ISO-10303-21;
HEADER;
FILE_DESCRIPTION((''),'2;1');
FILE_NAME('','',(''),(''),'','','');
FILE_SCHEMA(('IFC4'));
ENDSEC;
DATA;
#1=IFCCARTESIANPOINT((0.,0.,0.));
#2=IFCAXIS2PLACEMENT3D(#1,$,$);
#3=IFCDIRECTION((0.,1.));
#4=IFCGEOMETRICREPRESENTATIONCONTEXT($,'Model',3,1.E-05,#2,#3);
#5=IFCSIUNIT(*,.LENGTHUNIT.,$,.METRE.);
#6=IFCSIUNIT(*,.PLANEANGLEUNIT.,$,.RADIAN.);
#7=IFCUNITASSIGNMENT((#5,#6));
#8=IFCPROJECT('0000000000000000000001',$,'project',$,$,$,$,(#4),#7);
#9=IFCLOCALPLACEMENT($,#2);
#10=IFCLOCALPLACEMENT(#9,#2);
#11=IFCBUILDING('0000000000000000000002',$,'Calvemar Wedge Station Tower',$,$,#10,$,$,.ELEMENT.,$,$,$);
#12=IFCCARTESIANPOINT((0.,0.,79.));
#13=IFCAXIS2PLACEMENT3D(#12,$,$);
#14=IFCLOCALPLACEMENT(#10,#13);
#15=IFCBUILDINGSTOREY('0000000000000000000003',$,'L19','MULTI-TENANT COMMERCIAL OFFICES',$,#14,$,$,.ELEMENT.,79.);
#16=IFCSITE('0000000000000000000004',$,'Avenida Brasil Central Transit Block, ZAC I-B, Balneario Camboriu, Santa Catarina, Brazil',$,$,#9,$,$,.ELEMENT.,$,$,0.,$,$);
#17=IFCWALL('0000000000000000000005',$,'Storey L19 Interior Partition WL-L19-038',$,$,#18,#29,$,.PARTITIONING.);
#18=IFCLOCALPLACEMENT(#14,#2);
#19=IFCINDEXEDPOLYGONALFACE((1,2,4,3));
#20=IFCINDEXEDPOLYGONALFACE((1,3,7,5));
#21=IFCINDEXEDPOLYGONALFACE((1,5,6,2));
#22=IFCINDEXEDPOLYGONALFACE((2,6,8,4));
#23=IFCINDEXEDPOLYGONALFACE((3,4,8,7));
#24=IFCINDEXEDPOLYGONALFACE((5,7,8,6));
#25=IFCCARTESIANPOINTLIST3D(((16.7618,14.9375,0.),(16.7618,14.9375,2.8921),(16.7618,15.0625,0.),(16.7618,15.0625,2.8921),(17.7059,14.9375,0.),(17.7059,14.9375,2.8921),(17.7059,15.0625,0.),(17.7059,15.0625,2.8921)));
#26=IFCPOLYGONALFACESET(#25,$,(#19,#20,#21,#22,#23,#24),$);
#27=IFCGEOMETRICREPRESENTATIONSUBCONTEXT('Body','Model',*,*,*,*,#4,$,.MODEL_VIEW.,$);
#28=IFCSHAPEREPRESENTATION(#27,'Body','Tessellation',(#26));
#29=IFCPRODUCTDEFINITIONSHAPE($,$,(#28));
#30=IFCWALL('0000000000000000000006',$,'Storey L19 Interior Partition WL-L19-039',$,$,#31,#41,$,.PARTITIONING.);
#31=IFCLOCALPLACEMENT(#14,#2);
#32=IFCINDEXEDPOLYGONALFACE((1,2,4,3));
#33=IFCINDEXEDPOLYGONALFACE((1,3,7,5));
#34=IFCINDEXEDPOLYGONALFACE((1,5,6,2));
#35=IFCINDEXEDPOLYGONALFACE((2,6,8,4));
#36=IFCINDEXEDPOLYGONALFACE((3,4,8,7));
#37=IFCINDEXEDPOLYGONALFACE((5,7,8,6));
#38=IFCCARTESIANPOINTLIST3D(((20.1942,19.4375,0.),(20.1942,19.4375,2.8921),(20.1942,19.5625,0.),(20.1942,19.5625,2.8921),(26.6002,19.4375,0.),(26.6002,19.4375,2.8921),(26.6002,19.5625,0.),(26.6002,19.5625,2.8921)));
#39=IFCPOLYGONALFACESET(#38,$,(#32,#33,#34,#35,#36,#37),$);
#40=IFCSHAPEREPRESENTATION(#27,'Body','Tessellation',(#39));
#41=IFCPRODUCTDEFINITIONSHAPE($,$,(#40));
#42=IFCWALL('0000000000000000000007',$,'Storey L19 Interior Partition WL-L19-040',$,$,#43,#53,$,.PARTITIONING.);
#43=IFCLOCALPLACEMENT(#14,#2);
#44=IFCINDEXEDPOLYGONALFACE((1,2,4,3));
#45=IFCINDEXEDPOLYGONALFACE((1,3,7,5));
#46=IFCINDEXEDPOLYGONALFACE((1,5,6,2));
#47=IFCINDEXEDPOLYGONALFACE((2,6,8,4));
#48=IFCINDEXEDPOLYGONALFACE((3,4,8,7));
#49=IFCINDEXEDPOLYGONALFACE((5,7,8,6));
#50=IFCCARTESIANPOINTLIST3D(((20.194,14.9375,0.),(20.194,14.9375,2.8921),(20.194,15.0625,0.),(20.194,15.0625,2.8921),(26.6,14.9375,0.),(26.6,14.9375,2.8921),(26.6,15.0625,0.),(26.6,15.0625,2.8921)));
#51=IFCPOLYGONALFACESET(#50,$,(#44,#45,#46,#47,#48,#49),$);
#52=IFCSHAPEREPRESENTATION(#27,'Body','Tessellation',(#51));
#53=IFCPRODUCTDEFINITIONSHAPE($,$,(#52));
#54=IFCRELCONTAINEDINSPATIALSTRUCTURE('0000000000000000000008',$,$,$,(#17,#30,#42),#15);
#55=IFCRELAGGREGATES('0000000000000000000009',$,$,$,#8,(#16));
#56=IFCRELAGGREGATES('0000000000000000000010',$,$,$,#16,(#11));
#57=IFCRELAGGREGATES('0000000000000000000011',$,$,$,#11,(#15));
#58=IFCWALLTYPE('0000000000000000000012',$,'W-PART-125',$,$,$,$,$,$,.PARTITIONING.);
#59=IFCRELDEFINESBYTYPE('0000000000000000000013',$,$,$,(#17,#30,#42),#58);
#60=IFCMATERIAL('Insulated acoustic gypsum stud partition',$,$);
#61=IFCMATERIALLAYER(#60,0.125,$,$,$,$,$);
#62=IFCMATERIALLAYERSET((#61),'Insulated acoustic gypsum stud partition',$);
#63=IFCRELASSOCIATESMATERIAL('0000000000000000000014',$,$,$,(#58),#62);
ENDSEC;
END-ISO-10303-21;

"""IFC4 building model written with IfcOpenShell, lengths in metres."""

from ifc_helpers import new_model, si_unit, direction, frame, frame_2d, origin, place, context, subcontext, project, spatial, rectangle, extrude, material, layer, layer_set, type_object, element, save


model = new_model("IFC4")

# Units and contexts
model_context = context("Model", 3, precision=1e-05, world=origin(), true_north=direction((0.0, 1.0)))
body_context = subcontext(model_context, "Body", "Model", "MODEL_VIEW")
ifc_project = project(units=[si_unit("LENGTHUNIT", "METRE"), si_unit("PLANEANGLEUNIT", "RADIAN")], contexts=[model_context])

# Site, building, storey
site_placement = place(None, origin())
site = spatial("IfcSite", under=ifc_project, at=site_placement, Name="Avenida Brasil Central Transit Block, ZAC I-B, Balneario Camboriu, Santa Catarina, Brazil", CompositionType="ELEMENT", RefElevation=0.0)
building_placement = place(site_placement, origin())
building = spatial("IfcBuilding", under=site, at=building_placement, Name="Calvemar Wedge Station Tower", CompositionType="ELEMENT")
storey_placement = place(building_placement, frame((0.0, 0.0, 79.0)))
storey = spatial("IfcBuildingStorey", under=building, at=storey_placement, Name="L19", Description="MULTI-TENANT COMMERCIAL OFFICES", CompositionType="ELEMENT", Elevation=79.0)

# Shared definitions
ifc_material_1 = material(Name="Insulated acoustic gypsum stud partition")
ifc_layer_1 = layer(ifc_material_1, 0.125)
ifc_layer_set_1 = layer_set([ifc_layer_1], Name="Insulated acoustic gypsum stud partition")
wall_type_1 = type_object("IfcWallType", Name="W-PART-125", PredefinedType="PARTITIONING", material=ifc_layer_set_1)

# Walls
wall_1_placement = place(storey_placement, frame((17.7061, 15.0, 0.0), z_axis=(0.0, 0.0, 1.0), x_axis=(-1.0, 0.0, 0.0)))
element("IfcWall", 1, at=wall_1_placement, inside=storey, type_object=wall_type_1, Name="Storey L19 Interior Partition WL-L19-038", PredefinedType="PARTITIONING", context=body_context, shape_type="SweptSolid", body=[
    extrude(rectangle(XDim=0.9441, YDim=0.125, at=frame_2d((0.4722, 0.0))), origin(), (0.0, 0.0, 1.0), 2.8921),
])
for number, where, z_axis, x_axis, name in (
    (2, (20.1941, 19.5, 0.0), (0.0, 0.0, 1.0), (1.0, 0.0, 0.0), "Storey L19 Interior Partition WL-L19-039"),
    (3, (26.6001, 15.0, 0.0), (0.0, 0.0, 1.0), (-1.0, 0.0, 0.0), "Storey L19 Interior Partition WL-L19-040"),
):
    element("IfcWall", number, at=place(storey_placement, frame(where, z_axis=z_axis, x_axis=x_axis)), inside=storey, type_object=wall_type_1, Name=name, PredefinedType="PARTITIONING", context=body_context, shape_type="SweptSolid", body=[
        extrude(rectangle(XDim=6.406, YDim=0.125, at=frame_2d((3.2031, 0.0))), origin(), (0.0, 0.0, 1.0), 2.8921),
    ])

save(model, "model.ifc")
